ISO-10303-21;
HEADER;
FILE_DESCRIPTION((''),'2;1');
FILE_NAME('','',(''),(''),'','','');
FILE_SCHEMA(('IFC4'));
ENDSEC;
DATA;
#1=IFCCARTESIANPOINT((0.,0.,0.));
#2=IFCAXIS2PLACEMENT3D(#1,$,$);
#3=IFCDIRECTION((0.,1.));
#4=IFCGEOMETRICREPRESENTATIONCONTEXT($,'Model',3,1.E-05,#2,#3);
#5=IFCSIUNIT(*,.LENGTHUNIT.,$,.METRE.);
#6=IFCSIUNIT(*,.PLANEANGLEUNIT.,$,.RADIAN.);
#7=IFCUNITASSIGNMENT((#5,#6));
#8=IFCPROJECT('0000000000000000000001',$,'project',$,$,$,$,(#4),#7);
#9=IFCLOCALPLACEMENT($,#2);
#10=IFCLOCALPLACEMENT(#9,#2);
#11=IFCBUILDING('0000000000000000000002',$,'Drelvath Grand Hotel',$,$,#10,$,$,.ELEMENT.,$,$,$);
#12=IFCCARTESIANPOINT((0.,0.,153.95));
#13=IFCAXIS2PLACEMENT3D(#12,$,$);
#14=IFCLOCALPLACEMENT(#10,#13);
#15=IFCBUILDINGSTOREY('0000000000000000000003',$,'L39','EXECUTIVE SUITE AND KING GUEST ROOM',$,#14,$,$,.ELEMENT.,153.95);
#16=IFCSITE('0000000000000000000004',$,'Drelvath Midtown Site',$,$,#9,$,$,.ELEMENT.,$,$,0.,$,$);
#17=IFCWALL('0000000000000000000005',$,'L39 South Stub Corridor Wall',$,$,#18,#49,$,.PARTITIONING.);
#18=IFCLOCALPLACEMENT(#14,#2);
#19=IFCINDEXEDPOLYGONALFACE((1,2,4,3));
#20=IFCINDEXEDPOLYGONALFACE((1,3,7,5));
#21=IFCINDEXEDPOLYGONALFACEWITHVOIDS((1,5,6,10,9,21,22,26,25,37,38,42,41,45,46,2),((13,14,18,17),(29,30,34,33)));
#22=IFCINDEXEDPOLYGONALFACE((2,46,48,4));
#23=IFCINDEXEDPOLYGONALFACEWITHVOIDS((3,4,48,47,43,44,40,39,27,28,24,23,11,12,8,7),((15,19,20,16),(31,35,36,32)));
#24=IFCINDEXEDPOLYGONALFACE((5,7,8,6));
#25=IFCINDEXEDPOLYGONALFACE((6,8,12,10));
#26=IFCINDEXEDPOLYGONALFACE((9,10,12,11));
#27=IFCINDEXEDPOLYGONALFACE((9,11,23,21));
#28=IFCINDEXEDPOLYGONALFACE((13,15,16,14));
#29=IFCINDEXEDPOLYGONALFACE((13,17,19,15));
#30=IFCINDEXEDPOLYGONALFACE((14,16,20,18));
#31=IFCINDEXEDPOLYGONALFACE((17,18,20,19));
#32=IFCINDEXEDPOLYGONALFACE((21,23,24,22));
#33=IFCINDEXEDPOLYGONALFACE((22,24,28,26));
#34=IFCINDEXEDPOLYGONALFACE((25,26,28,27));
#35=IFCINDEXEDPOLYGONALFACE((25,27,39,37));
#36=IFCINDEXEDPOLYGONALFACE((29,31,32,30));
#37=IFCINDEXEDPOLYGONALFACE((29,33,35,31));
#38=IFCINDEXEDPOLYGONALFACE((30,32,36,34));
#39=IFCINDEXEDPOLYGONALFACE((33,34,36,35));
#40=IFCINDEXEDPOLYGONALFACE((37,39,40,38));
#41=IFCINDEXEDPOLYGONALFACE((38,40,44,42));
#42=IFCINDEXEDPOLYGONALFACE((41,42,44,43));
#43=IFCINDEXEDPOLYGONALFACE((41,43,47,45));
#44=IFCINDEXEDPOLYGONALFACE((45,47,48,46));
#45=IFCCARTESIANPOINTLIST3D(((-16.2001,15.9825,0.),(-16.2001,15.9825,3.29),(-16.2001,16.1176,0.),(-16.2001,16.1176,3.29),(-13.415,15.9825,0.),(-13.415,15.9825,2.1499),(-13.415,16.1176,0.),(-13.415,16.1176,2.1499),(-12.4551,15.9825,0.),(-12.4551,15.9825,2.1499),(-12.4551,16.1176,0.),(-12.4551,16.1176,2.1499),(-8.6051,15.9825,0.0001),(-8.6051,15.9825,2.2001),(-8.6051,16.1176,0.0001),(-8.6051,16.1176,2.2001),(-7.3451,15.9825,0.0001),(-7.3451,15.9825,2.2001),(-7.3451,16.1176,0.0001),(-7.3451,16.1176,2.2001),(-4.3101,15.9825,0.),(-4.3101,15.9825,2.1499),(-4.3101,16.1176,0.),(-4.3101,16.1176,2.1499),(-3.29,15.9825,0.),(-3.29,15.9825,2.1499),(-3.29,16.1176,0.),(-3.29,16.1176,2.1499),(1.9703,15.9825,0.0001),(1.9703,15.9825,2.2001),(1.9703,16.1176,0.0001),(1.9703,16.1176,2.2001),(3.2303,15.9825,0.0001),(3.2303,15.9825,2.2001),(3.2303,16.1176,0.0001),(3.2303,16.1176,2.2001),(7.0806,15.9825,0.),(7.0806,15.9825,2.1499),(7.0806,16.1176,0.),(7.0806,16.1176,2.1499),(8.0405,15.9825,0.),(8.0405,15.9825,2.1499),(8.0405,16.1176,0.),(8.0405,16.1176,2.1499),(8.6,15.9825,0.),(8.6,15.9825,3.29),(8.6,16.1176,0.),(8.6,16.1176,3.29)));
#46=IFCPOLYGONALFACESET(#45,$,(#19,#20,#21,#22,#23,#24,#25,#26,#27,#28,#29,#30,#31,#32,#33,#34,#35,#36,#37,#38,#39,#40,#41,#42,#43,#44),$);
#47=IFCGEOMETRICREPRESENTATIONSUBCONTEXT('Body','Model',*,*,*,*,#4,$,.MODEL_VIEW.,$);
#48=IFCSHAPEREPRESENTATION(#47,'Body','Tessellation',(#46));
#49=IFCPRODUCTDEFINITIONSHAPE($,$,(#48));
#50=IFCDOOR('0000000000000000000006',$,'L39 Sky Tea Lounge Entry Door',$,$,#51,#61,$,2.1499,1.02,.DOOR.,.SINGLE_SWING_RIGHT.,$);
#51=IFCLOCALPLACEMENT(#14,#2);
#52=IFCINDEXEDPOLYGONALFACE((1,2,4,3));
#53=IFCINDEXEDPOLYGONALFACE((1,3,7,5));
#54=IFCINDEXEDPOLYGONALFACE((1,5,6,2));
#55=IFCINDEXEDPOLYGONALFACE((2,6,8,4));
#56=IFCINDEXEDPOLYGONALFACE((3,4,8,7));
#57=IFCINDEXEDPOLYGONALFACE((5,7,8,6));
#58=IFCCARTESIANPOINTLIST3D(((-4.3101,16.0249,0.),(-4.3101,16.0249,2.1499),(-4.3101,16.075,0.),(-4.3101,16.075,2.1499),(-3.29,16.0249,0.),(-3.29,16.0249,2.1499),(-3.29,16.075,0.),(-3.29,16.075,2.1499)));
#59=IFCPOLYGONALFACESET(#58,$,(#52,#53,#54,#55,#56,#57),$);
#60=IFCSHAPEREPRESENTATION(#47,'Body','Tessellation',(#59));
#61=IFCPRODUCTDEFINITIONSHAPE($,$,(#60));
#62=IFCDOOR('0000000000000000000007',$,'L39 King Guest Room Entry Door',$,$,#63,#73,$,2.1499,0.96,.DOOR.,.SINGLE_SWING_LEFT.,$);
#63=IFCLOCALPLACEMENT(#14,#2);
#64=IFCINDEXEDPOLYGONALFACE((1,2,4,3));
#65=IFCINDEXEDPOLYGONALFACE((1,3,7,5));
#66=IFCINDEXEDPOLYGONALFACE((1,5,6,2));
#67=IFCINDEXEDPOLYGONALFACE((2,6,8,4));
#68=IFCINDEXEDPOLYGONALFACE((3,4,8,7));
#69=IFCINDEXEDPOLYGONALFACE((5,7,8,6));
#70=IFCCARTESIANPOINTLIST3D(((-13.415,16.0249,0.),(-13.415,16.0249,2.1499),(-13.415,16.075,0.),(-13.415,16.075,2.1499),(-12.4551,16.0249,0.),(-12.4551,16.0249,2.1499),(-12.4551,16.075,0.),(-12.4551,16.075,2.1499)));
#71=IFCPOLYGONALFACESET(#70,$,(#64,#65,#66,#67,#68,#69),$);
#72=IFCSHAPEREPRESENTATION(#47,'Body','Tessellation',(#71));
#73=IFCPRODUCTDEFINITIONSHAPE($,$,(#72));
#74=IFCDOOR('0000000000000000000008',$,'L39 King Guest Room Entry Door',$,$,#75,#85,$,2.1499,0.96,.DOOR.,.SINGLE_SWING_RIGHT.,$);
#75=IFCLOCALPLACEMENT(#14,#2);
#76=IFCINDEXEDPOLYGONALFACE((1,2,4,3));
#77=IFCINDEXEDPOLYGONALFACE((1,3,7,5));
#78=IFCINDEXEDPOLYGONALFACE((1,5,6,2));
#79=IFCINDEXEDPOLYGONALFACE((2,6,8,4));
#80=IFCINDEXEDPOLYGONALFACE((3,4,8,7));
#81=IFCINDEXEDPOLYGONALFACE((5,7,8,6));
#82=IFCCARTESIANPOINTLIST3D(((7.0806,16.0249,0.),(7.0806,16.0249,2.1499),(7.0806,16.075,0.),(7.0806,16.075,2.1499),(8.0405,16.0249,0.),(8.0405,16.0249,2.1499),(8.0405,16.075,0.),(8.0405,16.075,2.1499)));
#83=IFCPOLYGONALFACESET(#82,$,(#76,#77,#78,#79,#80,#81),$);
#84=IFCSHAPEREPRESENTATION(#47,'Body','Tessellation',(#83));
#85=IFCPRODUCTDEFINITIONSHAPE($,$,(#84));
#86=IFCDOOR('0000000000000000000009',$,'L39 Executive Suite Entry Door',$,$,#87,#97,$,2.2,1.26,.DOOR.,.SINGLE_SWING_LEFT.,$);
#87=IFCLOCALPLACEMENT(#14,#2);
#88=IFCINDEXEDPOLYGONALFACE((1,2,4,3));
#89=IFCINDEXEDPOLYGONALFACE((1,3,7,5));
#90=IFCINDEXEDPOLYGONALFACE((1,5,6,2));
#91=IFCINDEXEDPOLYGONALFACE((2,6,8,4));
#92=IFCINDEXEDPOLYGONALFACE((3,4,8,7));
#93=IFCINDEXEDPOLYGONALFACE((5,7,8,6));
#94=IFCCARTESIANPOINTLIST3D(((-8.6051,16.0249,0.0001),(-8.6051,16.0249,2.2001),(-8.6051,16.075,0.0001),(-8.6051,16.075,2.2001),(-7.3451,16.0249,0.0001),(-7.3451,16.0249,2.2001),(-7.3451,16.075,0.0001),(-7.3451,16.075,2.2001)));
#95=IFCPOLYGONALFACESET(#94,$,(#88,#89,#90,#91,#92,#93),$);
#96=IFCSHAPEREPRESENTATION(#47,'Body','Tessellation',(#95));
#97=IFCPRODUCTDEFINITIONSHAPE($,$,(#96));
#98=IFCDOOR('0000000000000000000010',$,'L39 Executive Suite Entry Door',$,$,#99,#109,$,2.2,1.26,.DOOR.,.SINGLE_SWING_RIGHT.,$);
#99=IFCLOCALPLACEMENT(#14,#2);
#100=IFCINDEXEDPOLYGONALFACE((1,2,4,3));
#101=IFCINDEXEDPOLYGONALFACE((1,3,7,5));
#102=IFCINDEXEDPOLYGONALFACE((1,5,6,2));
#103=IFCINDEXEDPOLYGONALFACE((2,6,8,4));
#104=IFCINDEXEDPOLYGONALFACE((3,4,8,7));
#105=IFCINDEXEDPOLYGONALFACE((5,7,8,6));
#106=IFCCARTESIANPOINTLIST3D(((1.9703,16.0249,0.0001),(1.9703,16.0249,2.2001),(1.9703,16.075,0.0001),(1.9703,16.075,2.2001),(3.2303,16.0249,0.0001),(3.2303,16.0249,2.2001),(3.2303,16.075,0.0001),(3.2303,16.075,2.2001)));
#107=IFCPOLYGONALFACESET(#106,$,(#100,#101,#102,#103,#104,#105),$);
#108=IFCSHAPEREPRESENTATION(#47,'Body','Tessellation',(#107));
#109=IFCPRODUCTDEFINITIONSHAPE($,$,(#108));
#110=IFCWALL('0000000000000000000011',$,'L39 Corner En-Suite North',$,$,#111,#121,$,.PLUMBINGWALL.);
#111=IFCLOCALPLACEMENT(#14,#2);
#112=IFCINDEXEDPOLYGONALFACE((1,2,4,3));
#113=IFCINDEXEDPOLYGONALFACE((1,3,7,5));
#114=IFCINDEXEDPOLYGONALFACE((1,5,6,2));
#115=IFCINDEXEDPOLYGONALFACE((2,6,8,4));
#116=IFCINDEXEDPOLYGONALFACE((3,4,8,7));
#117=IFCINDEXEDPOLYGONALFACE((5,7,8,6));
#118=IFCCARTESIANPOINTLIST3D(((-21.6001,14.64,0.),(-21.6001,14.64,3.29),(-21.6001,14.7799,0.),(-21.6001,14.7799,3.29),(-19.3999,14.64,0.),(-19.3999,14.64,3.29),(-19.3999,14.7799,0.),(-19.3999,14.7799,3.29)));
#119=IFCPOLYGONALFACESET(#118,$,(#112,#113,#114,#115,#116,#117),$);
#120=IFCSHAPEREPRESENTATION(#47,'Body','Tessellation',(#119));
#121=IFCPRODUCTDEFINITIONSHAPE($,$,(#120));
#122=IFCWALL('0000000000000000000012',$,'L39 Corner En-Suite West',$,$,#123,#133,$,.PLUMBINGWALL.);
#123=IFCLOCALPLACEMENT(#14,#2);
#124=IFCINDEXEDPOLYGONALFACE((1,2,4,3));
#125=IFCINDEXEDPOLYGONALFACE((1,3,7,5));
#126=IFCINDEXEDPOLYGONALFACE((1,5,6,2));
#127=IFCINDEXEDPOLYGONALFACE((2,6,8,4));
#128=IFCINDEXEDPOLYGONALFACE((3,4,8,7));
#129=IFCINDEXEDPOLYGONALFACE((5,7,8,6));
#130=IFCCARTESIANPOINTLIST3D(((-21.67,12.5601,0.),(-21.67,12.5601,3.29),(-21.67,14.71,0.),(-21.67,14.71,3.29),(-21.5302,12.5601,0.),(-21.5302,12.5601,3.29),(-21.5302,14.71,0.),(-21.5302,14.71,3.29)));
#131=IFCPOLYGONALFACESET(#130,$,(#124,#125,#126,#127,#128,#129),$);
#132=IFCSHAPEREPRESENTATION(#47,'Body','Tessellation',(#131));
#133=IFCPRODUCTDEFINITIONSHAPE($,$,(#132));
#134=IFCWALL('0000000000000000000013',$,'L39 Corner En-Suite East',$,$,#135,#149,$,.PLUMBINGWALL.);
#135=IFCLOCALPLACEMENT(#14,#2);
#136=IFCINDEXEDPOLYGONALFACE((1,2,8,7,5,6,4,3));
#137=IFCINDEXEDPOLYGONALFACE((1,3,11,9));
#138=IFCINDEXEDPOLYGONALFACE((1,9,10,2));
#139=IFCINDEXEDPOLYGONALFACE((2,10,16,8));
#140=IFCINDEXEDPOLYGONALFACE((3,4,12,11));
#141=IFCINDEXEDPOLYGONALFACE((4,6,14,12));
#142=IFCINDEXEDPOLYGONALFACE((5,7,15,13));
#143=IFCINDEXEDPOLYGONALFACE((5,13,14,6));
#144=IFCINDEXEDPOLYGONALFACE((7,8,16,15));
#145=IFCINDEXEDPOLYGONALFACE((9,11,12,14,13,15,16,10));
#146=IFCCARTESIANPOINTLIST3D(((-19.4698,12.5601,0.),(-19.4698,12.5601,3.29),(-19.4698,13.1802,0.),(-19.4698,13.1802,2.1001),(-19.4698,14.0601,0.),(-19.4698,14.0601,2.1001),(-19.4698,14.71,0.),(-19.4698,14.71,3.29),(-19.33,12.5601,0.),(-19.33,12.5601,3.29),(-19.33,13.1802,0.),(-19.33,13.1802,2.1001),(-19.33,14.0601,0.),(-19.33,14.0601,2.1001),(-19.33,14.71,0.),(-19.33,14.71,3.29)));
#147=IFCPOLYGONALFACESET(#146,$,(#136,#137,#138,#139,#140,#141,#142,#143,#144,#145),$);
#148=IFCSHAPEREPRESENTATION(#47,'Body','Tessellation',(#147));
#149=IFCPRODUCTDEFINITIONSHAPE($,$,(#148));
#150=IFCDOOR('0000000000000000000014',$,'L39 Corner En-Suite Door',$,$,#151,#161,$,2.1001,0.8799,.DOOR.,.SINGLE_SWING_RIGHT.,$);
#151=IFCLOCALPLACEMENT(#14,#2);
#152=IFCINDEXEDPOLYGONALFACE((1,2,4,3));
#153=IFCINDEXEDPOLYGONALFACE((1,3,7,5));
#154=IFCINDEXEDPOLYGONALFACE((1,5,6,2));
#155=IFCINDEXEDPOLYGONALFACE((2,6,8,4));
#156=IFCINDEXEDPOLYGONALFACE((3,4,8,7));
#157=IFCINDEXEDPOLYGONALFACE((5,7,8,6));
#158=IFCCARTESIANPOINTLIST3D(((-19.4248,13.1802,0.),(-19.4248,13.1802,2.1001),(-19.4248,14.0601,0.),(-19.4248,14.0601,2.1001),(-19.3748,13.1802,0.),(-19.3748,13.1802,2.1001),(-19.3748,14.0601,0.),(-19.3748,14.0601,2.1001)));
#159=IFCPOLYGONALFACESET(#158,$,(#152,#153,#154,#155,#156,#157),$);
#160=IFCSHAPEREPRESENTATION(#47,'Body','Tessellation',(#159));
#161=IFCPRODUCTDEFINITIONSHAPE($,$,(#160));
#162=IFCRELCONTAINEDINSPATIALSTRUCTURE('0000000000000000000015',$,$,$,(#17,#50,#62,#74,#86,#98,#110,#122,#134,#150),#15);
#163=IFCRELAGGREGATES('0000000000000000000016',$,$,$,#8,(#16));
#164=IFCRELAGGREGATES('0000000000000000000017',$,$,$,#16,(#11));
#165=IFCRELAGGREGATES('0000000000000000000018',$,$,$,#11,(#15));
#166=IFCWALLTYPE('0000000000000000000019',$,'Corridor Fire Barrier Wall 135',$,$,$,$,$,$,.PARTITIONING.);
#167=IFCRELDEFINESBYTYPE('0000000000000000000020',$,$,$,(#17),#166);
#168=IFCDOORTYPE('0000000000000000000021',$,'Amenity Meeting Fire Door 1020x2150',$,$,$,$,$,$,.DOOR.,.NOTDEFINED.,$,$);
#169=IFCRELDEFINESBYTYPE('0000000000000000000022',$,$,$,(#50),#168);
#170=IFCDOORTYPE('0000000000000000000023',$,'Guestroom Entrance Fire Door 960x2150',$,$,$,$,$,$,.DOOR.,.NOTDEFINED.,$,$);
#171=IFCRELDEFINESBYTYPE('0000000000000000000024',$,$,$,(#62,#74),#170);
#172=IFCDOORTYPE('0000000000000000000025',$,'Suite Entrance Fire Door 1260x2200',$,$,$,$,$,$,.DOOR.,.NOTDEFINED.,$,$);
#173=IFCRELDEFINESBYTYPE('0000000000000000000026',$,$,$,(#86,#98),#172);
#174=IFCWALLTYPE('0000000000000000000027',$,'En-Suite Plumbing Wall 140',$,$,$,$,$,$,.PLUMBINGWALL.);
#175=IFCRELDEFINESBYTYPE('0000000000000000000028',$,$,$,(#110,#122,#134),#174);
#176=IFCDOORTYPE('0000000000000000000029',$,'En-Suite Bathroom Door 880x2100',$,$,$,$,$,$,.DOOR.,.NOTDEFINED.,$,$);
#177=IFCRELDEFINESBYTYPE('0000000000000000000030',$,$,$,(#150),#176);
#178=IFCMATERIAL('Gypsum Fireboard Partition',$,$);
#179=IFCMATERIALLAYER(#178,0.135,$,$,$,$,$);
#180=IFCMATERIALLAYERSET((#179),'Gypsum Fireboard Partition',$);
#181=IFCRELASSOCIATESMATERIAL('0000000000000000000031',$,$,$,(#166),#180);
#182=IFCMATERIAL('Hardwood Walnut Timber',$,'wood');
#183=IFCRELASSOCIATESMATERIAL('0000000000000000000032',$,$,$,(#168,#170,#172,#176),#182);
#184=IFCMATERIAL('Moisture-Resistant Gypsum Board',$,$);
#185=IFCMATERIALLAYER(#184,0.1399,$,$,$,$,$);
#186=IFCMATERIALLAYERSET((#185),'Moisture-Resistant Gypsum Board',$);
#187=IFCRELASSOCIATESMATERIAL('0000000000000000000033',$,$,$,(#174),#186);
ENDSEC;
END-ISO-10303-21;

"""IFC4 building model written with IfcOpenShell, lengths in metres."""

from ifc_helpers import new_model, si_unit, direction, frame, frame_2d, origin, place, context, subcontext, project, spatial, rectangle, extrude, material, layer, layer_set, type_object, element, fill, save


model = new_model("IFC4")

# Units and contexts
model_context = context("Model", 3, precision=1e-05, world=origin(), true_north=direction((0.0, 1.0)))
body_context = subcontext(model_context, "Body", "Model", "MODEL_VIEW")
ifc_project = project(units=[si_unit("LENGTHUNIT", "METRE"), si_unit("PLANEANGLEUNIT", "RADIAN")], contexts=[model_context])

# Site, building, storey
site_placement = place(None, origin())
site = spatial("IfcSite", under=ifc_project, at=site_placement, Name="Drelvath Midtown Site", CompositionType="ELEMENT", RefElevation=0.0)
building_placement = place(site_placement, origin())
building = spatial("IfcBuilding", under=site, at=building_placement, Name="Drelvath Grand Hotel", CompositionType="ELEMENT")
storey_placement = place(building_placement, frame((0.0, 0.0, 153.95)))
storey = spatial("IfcBuildingStorey", under=building, at=storey_placement, Name="L39", Description="EXECUTIVE SUITE AND KING GUEST ROOM", CompositionType="ELEMENT", Elevation=153.95)

# Shared definitions
ifc_material_1 = material(Name="Gypsum Fireboard Partition")
ifc_layer_1 = layer(ifc_material_1, 0.135)
ifc_layer_set_1 = layer_set([ifc_layer_1], Name="Gypsum Fireboard Partition")
wall_type_1 = type_object("IfcWallType", Name="Corridor Fire Barrier Wall 135", PredefinedType="PARTITIONING", material=ifc_layer_set_1)

# Wall, openings, doors
wall_1_placement = place(storey_placement, frame((-16.2, 16.05, 0.0), z_axis=(0.0, 0.0, 1.0), x_axis=(1.0, 0.0, 0.0)))
wall_1 = element("IfcWall", 1, at=wall_1_placement, inside=storey, type_object=wall_type_1, Name="L39 South Stub Corridor Wall", PredefinedType="PARTITIONING", context=body_context, shape_type="SweptSolid", body=[
    extrude(rectangle(XDim=24.8, YDim=0.135, at=frame_2d((12.3999, 0.0))), origin(), (0.0, 0.0, 1.0), 3.29),
])
opening_1_placement = place(wall_1_placement, frame((2.7849, 0.0, 0.0)))
opening_1 = element("IfcOpeningElement", 2, at=opening_1_placement, cuts=wall_1, PredefinedType="OPENING", context=body_context, shape_type="SweptSolid", body=[
    extrude(rectangle(XDim=0.96, YDim=2.1499, at=frame_2d((0.48, 1.075))), frame((0.0, 0.0774, 0.0), z_axis=(0.0, -1.0, 0.0), x_axis=(1.0, 0.0, 0.0)), (0.0, 0.0, 1.0), 0.155),
])
opening_2_placement = place(wall_1_placement, frame((7.595, 0.0, 0.0)))
opening_2 = element("IfcOpeningElement", 3, at=opening_2_placement, cuts=wall_1, PredefinedType="OPENING", context=body_context, shape_type="SweptSolid", body=[
    extrude(rectangle(XDim=1.26, YDim=2.2, at=frame_2d((0.6299, 1.1001))), frame((0.0, 0.0774, 0.0), z_axis=(0.0, -1.0, 0.0), x_axis=(1.0, 0.0, 0.0)), (0.0, 0.0, 1.0), 0.155),
])
opening_3_placement = place(wall_1_placement, frame((11.8899, 0.0, 0.0)))
opening_3 = element("IfcOpeningElement", 4, at=opening_3_placement, cuts=wall_1, PredefinedType="OPENING", context=body_context, shape_type="SweptSolid", body=[
    extrude(rectangle(XDim=1.02, YDim=2.1499, at=frame_2d((0.51, 1.075))), frame((0.0, 0.0774, 0.0), z_axis=(0.0, -1.0, 0.0), x_axis=(1.0, 0.0, 0.0)), (0.0, 0.0, 1.0), 0.155),
])
opening_4_placement = place(wall_1_placement, frame((18.1704, 0.0, 0.0)))
opening_4 = element("IfcOpeningElement", 5, at=opening_4_placement, cuts=wall_1, PredefinedType="OPENING", context=body_context, shape_type="SweptSolid", body=[
    extrude(rectangle(XDim=1.26, YDim=2.2, at=frame_2d((0.6299, 1.1001))), frame((0.0, 0.0774, 0.0), z_axis=(0.0, -1.0, 0.0), x_axis=(1.0, 0.0, 0.0)), (0.0, 0.0, 1.0), 0.155),
])
opening_5_placement = place(wall_1_placement, frame((23.2805, 0.0, 0.0)))
opening_5 = element("IfcOpeningElement", 6, at=opening_5_placement, cuts=wall_1, PredefinedType="OPENING", context=body_context, shape_type="SweptSolid", body=[
    extrude(rectangle(XDim=0.96, YDim=2.1499, at=frame_2d((0.48, 1.075))), frame((0.0, 0.0774, 0.0), z_axis=(0.0, -1.0, 0.0), x_axis=(1.0, 0.0, 0.0)), (0.0, 0.0, 1.0), 0.155),
])
ifc_material_2 = material(Name="Hardwood Walnut Timber", Category="wood")
door_type_1 = type_object("IfcDoorType", Name="Amenity Meeting Fire Door 1020x2150", OperationType="NOTDEFINED", PredefinedType="DOOR", material=ifc_material_2)
door_1_placement = place(opening_3_placement, origin())
door_1 = element("IfcDoor", 7, at=door_1_placement, inside=storey, type_object=door_type_1, Name="L39 Sky Tea Lounge Entry Door", OperationType="SINGLE_SWING_RIGHT", OverallHeight=2.1499, OverallWidth=1.02, PredefinedType="DOOR", context=body_context, shape_type="SweptSolid", body=[
    extrude(rectangle(XDim=1.02, YDim=2.1499, at=frame_2d((0.51, 1.075))), frame((0.0, 0.0249, 0.0), z_axis=(0.0, -1.0, 0.0), x_axis=(1.0, 0.0, 0.0)), (0.0, 0.0, 1.0), 0.05),
])
fill(opening_3, door_1)
door_type_2 = type_object("IfcDoorType", Name="Guestroom Entrance Fire Door 960x2150", OperationType="NOTDEFINED", PredefinedType="DOOR", material=ifc_material_2)
door_2_placement = place(opening_1_placement, origin())
door_2 = element("IfcDoor", 8, at=door_2_placement, inside=storey, type_object=door_type_2, Name="L39 King Guest Room Entry Door", OperationType="SINGLE_SWING_LEFT", OverallHeight=2.1499, OverallWidth=0.96, PredefinedType="DOOR", context=body_context, shape_type="SweptSolid", body=[
    extrude(rectangle(XDim=0.96, YDim=2.1499, at=frame_2d((0.48, 1.075))), frame((0.0, 0.0249, 0.0), z_axis=(0.0, -1.0, 0.0), x_axis=(1.0, 0.0, 0.0)), (0.0, 0.0, 1.0), 0.05),
])
fill(opening_1, door_2)
door_3_placement = place(opening_5_placement, origin())
door_3 = element("IfcDoor", 9, at=door_3_placement, inside=storey, type_object=door_type_2, Name="L39 King Guest Room Entry Door", OperationType="SINGLE_SWING_RIGHT", OverallHeight=2.1499, OverallWidth=0.96, PredefinedType="DOOR", context=body_context, shape_type="SweptSolid", body=[
    extrude(rectangle(XDim=0.96, YDim=2.1499, at=frame_2d((0.48, 1.075))), frame((0.0, 0.0249, 0.0), z_axis=(0.0, -1.0, 0.0), x_axis=(1.0, 0.0, 0.0)), (0.0, 0.0, 1.0), 0.05),
])
fill(opening_5, door_3)
door_type_3 = type_object("IfcDoorType", Name="Suite Entrance Fire Door 1260x2200", OperationType="NOTDEFINED", PredefinedType="DOOR", material=ifc_material_2)
door_4_placement = place(opening_2_placement, origin())
door_4 = element("IfcDoor", 10, at=door_4_placement, inside=storey, type_object=door_type_3, Name="L39 Executive Suite Entry Door", OperationType="SINGLE_SWING_LEFT", OverallHeight=2.2, OverallWidth=1.26, PredefinedType="DOOR", context=body_context, shape_type="SweptSolid", body=[
    extrude(rectangle(XDim=1.26, YDim=2.2, at=frame_2d((0.6299, 1.1001))), frame((0.0, 0.0249, 0.0), z_axis=(0.0, -1.0, 0.0), x_axis=(1.0, 0.0, 0.0)), (0.0, 0.0, 1.0), 0.05),
])
fill(opening_2, door_4)
door_5_placement = place(opening_4_placement, origin())
door_5 = element("IfcDoor", 11, at=door_5_placement, inside=storey, type_object=door_type_3, Name="L39 Executive Suite Entry Door", OperationType="SINGLE_SWING_RIGHT", OverallHeight=2.2, OverallWidth=1.26, PredefinedType="DOOR", context=body_context, shape_type="SweptSolid", body=[
    extrude(rectangle(XDim=1.26, YDim=2.2, at=frame_2d((0.6299, 1.1001))), frame((0.0, 0.0249, 0.0), z_axis=(0.0, -1.0, 0.0), x_axis=(1.0, 0.0, 0.0)), (0.0, 0.0, 1.0), 0.05),
])
fill(opening_4, door_5)

# Walls
ifc_material_3 = material(Name="Moisture-Resistant Gypsum Board")
ifc_layer_2 = layer(ifc_material_3, 0.1399)
ifc_layer_set_2 = layer_set([ifc_layer_2], Name="Moisture-Resistant Gypsum Board")
wall_type_2 = type_object("IfcWallType", Name="En-Suite Plumbing Wall 140", PredefinedType="PLUMBINGWALL", material=ifc_layer_set_2)
wall_2_placement = place(storey_placement, frame((-21.6001, 14.71, 0.0), z_axis=(0.0, 0.0, 1.0), x_axis=(1.0, 0.0, 0.0)))
element("IfcWall", 12, at=wall_2_placement, inside=storey, type_object=wall_type_2, Name="L39 Corner En-Suite North", PredefinedType="PLUMBINGWALL", context=body_context, shape_type="SweptSolid", body=[
    extrude(rectangle(XDim=2.2002, YDim=0.1399, at=frame_2d((1.1001, 0.0))), origin(), (0.0, 0.0, 1.0), 3.29),
])
wall_3_placement = place(storey_placement, frame((-21.6001, 12.5601, 0.0), z_axis=(0.0, 0.0, 1.0), x_axis=(0.0, 1.0, 0.0)))
element("IfcWall", 13, at=wall_3_placement, inside=storey, type_object=wall_type_2, Name="L39 Corner En-Suite West", PredefinedType="PLUMBINGWALL", context=body_context, shape_type="SweptSolid", body=[
    extrude(rectangle(XDim=2.1499, YDim=0.1399, at=frame_2d((1.075, 0.0))), origin(), (0.0, 0.0, 1.0), 3.29),
])

# Wall, opening, door
wall_4_placement = place(storey_placement, frame((-19.3999, 12.5601, 0.0), z_axis=(0.0, 0.0, 1.0), x_axis=(0.0, 1.0, 0.0)))
wall_4 = element("IfcWall", 14, at=wall_4_placement, inside=storey, type_object=wall_type_2, Name="L39 Corner En-Suite East", PredefinedType="PLUMBINGWALL", context=body_context, shape_type="SweptSolid", body=[
    extrude(rectangle(XDim=2.1499, YDim=0.1399, at=frame_2d((1.075, 0.0))), origin(), (0.0, 0.0, 1.0), 3.29),
])
opening_6_placement = place(wall_4_placement, frame((0.6201, 0.0, 0.0)))
opening_6 = element("IfcOpeningElement", 15, at=opening_6_placement, cuts=wall_4, PredefinedType="OPENING", context=body_context, shape_type="SweptSolid", body=[
    extrude(rectangle(XDim=0.8799, YDim=2.1001, at=frame_2d((0.4399, 1.05))), frame((0.0, 0.0798, 0.0), z_axis=(0.0, -1.0, 0.0), x_axis=(1.0, 0.0, 0.0)), (0.0, 0.0, 1.0), 0.1599),
])
door_type_4 = type_object("IfcDoorType", Name="En-Suite Bathroom Door 880x2100", OperationType="NOTDEFINED", PredefinedType="DOOR", material=ifc_material_2)
door_6_placement = place(opening_6_placement, origin())
door_6 = element("IfcDoor", 16, at=door_6_placement, inside=storey, type_object=door_type_4, Name="L39 Corner En-Suite Door", OperationType="SINGLE_SWING_RIGHT", OverallHeight=2.1001, OverallWidth=0.8799, PredefinedType="DOOR", context=body_context, shape_type="SweptSolid", body=[
    extrude(rectangle(XDim=0.8799, YDim=2.1001, at=frame_2d((0.4399, 1.05))), frame((0.0, 0.0249, 0.0), z_axis=(0.0, -1.0, 0.0), x_axis=(1.0, 0.0, 0.0)), (0.0, 0.0, 1.0), 0.05),
])
fill(opening_6, door_6)

save(model, "model.ifc")
